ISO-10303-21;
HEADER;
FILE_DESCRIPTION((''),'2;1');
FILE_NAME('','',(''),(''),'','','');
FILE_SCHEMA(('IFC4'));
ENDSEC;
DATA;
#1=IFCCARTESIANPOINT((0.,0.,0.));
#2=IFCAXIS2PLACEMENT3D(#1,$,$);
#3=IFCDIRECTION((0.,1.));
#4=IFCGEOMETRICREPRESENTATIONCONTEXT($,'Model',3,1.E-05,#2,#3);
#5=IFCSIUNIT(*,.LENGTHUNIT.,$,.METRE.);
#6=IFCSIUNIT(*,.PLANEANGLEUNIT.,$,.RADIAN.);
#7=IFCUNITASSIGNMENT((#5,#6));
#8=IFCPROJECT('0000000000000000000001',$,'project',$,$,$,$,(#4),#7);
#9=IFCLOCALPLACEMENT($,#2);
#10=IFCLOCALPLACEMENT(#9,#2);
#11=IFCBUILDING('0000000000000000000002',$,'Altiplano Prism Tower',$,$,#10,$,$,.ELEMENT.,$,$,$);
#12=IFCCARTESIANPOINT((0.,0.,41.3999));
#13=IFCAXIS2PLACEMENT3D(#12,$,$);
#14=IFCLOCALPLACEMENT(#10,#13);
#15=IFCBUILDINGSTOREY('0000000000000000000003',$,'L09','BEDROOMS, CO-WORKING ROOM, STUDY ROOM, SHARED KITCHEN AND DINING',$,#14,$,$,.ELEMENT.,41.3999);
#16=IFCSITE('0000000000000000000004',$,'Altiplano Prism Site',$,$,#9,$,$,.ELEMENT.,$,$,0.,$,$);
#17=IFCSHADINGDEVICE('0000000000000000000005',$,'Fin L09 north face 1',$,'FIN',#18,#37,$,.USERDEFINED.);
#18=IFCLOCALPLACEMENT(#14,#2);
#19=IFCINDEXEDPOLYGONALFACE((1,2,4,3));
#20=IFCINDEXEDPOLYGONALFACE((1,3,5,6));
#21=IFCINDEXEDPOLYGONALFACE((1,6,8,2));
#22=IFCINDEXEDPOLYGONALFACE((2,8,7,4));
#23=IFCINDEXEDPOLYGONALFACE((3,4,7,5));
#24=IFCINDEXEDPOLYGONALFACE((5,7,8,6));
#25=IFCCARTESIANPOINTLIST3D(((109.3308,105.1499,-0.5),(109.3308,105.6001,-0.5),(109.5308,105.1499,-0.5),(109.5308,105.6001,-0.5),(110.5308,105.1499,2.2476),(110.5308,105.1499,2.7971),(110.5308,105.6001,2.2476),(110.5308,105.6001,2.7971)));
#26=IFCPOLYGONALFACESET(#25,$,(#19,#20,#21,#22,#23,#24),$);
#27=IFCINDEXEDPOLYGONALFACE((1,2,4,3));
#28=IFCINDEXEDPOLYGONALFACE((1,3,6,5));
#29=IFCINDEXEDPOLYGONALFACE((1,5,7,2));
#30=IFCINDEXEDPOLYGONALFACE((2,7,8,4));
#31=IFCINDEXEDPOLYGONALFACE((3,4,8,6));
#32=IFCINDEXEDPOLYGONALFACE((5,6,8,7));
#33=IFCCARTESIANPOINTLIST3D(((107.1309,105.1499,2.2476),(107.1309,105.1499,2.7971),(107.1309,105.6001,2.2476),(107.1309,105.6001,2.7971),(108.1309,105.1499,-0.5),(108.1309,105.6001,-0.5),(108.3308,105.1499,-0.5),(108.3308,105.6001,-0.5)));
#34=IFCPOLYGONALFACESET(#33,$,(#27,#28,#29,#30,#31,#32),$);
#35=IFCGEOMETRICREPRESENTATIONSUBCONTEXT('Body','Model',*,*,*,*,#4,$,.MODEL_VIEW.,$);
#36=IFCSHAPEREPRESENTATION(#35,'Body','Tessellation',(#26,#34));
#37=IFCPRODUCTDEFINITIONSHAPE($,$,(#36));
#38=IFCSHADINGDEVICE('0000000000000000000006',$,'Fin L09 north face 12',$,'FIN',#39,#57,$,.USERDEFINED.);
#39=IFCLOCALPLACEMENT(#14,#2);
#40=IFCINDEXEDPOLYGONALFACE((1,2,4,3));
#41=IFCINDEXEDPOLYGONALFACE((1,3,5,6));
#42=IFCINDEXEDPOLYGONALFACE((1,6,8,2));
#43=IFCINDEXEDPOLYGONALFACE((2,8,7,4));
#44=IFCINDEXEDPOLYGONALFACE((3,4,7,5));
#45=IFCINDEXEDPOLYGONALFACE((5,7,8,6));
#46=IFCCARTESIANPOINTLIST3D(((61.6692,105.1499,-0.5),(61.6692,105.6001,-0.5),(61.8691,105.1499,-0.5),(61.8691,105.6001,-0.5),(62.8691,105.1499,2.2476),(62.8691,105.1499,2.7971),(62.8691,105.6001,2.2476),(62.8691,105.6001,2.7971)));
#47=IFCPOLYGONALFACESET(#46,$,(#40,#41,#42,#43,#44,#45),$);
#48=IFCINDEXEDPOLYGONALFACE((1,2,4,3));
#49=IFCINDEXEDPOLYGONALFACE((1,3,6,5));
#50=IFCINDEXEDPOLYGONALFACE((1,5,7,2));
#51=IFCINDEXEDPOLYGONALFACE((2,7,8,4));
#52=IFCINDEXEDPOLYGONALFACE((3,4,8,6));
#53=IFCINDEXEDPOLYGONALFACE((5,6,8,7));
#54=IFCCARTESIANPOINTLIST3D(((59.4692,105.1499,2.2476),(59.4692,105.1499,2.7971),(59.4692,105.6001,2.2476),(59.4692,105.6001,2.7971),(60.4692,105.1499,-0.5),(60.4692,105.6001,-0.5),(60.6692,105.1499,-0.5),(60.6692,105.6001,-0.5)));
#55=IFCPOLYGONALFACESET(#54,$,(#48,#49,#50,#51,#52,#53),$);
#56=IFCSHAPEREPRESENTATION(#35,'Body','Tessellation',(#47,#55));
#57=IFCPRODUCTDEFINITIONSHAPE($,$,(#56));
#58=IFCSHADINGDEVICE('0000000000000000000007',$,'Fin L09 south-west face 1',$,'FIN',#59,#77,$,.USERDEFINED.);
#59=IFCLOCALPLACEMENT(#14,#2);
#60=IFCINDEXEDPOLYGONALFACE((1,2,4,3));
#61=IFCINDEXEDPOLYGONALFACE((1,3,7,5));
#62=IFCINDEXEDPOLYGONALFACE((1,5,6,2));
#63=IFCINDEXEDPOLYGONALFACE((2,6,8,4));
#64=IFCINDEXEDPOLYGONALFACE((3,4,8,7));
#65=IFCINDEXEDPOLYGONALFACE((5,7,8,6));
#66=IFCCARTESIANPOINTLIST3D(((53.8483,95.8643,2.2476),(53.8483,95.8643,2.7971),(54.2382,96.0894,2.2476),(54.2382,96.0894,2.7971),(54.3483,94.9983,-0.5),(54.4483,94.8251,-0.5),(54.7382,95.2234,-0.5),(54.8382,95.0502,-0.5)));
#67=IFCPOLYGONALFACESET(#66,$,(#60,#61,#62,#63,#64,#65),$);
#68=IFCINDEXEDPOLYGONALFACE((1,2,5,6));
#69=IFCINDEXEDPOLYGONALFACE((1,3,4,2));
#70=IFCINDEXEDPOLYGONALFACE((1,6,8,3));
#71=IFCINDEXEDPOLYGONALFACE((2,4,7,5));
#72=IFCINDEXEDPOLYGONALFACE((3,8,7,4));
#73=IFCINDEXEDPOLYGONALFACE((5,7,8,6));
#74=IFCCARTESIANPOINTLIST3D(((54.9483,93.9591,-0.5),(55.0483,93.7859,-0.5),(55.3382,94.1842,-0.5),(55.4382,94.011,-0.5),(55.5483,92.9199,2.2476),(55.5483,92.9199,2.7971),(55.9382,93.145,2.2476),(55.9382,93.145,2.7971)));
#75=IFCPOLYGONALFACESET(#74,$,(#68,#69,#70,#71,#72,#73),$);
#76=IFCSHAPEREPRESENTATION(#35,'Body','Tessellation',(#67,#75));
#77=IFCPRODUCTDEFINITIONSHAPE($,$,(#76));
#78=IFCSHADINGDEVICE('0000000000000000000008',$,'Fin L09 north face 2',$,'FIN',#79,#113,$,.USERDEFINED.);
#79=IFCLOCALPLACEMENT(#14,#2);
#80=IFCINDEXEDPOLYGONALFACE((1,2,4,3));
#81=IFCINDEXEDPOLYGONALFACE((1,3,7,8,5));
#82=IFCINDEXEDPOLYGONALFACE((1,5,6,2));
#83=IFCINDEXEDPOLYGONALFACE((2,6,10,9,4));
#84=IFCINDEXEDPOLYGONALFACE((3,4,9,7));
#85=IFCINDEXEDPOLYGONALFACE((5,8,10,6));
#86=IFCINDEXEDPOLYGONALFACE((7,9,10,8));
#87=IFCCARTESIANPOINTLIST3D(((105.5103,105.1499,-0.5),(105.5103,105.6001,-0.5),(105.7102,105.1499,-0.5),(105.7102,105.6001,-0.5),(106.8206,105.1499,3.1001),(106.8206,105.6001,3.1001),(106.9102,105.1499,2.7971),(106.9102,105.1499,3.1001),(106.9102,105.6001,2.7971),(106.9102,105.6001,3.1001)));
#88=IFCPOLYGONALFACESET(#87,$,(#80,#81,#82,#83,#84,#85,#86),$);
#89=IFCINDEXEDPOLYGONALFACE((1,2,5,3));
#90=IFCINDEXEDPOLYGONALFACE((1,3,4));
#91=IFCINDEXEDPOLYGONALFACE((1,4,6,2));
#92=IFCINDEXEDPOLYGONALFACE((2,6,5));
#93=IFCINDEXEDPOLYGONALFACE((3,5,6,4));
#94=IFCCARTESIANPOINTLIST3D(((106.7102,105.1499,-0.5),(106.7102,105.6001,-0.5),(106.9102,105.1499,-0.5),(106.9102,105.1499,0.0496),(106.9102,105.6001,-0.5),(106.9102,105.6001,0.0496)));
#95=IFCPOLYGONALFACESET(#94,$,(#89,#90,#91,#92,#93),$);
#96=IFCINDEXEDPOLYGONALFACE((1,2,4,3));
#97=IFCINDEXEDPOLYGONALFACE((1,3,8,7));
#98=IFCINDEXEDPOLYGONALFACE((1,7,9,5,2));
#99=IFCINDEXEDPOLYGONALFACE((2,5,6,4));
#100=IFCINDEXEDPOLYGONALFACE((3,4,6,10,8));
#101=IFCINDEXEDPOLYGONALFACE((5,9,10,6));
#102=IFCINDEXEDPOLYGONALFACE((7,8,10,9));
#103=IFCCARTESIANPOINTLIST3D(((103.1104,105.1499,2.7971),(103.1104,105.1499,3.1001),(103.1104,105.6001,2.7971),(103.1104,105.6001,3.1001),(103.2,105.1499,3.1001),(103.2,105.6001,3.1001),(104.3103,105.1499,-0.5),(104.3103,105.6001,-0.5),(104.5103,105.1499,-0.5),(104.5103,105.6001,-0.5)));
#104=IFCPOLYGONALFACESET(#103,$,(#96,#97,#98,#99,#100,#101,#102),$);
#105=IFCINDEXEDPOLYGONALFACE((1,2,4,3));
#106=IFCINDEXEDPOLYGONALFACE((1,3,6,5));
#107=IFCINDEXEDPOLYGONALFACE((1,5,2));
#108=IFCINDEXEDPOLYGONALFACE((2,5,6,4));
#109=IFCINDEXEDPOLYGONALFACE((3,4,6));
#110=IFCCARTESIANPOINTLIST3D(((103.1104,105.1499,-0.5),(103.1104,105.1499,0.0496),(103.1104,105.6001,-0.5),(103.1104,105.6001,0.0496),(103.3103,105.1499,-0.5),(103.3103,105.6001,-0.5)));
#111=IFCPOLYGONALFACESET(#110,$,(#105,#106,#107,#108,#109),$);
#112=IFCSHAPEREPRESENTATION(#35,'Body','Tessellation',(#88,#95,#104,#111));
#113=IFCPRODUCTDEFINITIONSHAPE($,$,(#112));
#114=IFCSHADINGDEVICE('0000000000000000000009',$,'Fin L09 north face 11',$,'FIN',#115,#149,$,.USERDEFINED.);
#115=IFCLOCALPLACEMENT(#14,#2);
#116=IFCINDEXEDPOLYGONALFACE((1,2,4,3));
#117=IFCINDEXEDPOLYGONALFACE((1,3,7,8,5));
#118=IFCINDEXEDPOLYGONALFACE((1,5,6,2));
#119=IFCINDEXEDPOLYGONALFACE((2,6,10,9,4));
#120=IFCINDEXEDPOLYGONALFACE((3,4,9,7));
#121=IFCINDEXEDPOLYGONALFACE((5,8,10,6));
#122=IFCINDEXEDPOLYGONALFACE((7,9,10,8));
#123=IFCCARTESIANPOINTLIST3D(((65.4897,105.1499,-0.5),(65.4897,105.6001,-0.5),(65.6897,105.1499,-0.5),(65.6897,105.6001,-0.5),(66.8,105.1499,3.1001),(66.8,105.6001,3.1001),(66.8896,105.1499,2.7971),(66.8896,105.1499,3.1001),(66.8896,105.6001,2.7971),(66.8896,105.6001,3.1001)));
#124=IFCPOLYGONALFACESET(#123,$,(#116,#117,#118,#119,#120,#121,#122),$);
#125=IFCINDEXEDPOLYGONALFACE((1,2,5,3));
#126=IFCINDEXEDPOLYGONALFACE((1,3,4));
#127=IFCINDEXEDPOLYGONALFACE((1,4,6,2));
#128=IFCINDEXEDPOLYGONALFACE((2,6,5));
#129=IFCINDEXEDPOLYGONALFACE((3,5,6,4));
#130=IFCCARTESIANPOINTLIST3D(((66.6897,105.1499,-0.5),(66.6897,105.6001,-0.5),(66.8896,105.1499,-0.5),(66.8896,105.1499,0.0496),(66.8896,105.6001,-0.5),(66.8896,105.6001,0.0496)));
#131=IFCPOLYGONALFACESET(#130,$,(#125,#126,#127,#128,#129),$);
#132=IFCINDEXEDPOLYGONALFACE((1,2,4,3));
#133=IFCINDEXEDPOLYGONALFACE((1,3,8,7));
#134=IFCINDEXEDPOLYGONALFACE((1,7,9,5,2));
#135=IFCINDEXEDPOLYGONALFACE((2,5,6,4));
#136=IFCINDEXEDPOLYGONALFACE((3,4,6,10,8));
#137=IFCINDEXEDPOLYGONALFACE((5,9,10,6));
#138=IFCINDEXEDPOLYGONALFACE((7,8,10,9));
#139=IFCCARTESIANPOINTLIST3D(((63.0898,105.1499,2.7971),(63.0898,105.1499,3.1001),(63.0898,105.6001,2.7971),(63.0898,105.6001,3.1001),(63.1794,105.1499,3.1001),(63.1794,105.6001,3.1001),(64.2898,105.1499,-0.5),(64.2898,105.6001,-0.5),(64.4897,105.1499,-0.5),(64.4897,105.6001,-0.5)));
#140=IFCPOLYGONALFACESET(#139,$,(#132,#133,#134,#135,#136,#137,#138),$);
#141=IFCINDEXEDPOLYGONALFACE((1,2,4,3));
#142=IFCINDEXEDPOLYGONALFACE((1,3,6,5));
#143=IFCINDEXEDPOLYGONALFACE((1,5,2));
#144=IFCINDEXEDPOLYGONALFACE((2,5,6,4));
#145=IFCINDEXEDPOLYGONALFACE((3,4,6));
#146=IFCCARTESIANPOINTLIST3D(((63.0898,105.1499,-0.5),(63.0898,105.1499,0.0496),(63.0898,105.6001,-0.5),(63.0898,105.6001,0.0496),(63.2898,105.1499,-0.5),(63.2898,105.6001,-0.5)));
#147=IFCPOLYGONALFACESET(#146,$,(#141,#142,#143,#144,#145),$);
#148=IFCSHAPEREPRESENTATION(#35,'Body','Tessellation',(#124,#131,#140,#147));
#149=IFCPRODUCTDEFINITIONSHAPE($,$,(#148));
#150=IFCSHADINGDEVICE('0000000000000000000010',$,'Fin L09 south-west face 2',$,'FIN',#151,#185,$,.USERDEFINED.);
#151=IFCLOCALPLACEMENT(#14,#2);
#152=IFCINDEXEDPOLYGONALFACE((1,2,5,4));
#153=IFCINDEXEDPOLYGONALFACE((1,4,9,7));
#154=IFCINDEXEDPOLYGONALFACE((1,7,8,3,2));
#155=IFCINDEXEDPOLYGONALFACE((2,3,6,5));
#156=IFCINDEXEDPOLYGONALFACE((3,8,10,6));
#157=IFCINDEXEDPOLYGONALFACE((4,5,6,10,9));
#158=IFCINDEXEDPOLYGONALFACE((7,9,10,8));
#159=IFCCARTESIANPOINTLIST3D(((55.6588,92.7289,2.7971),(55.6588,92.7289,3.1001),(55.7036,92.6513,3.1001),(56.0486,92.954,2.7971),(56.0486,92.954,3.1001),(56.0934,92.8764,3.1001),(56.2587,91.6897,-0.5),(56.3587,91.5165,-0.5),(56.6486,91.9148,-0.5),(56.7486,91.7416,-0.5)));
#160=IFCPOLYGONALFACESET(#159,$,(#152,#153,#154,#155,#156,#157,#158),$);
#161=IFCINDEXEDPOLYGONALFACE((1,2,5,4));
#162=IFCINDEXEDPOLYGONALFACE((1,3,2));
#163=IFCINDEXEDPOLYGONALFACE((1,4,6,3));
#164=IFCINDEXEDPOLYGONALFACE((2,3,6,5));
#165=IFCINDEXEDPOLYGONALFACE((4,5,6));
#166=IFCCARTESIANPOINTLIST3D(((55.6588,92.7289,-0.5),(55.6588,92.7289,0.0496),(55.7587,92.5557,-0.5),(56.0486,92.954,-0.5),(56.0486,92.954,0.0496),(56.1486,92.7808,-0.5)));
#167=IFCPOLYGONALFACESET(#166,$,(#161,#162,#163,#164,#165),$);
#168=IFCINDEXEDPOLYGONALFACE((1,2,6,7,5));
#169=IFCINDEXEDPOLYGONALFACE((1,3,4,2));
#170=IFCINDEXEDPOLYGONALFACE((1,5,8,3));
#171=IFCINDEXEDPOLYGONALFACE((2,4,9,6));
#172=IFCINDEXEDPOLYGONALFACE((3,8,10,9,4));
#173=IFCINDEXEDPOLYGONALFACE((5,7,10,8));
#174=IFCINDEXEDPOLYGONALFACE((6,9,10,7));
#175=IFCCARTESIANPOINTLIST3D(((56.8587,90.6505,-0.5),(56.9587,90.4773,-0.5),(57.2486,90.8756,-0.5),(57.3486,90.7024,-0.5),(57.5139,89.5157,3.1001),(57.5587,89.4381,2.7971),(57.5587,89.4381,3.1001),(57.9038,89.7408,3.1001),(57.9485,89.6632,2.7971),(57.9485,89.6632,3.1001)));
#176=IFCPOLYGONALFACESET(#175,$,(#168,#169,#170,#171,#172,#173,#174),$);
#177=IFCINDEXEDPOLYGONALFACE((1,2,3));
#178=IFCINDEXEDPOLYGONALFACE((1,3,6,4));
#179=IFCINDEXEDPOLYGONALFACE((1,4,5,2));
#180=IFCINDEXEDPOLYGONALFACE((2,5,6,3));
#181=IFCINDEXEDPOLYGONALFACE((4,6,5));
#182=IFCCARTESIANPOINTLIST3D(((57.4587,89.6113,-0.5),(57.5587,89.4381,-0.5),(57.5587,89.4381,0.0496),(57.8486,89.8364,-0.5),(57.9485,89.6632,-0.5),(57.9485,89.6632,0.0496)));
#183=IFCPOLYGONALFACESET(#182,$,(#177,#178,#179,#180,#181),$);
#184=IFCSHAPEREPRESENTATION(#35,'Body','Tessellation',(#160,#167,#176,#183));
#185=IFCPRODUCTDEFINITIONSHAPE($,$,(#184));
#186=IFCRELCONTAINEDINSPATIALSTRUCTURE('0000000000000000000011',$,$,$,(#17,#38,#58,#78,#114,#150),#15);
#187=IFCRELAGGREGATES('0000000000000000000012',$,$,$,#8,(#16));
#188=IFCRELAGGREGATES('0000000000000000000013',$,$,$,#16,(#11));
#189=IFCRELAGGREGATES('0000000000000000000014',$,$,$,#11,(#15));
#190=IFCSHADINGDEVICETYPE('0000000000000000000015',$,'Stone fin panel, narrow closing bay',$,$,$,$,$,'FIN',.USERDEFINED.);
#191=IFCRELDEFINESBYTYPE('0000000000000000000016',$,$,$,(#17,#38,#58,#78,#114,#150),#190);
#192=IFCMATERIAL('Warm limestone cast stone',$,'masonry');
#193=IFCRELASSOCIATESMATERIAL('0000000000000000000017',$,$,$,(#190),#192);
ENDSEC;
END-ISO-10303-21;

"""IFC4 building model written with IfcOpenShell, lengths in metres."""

from ifc_helpers import new_model, si_unit, direction, frame, origin, place, context, subcontext, project, spatial, polyline, outline, extrude, source, transform, mapped, material, type_object, element, save


model = new_model("IFC4")

# Units and contexts
model_context = context("Model", 3, precision=1e-05, world=origin(), true_north=direction((0.0, 1.0)))
body_context = subcontext(model_context, "Body", "Model", "MODEL_VIEW")
ifc_project = project(units=[si_unit("LENGTHUNIT", "METRE"), si_unit("PLANEANGLEUNIT", "RADIAN")], contexts=[model_context])

# Site, building, storey
site_placement = place(None, origin())
site = spatial("IfcSite", under=ifc_project, at=site_placement, Name="Altiplano Prism Site", CompositionType="ELEMENT", RefElevation=0.0)
building_placement = place(site_placement, origin())
building = spatial("IfcBuilding", under=site, at=building_placement, Name="Altiplano Prism Tower", CompositionType="ELEMENT")
storey_placement = place(building_placement, frame((0.0, 0.0, 41.3999)))
storey = spatial("IfcBuildingStorey", under=building, at=storey_placement, Name="L09", Description="BEDROOMS, CO-WORKING ROOM, STUDY ROOM, SHARED KITCHEN AND DINING", CompositionType="ELEMENT", Elevation=41.3999)

# Shading devices
ifc_material_1 = material(Name="Warm limestone cast stone", Category="masonry")
shading_device_type_1 = type_object("IfcShadingDeviceType", Name="Stone fin panel, narrow closing bay", ElementType="FIN", PredefinedType="USERDEFINED", material=ifc_material_1)
shared_shape_1 = source(origin(), body_context, "Body", "SweptSolid", [
    extrude(outline(polyline([(-1.7, 3.2971), (-1.7, 2.7476), (-0.7, 0.0), (-0.5, 0.0), (-1.7, 3.2971)])), frame((0.0, -0.1499, 0.0), z_axis=(0.0, -1.0, 0.0), x_axis=(1.0, 0.0, 0.0)), (0.0, 0.0, 1.0), 0.4502),
    extrude(outline(polyline([(1.7, 2.7476), (1.7, 3.2971), (0.5, 0.0), (0.7, 0.0), (1.7, 2.7476)])), frame((0.0, -0.1499, 0.0), z_axis=(0.0, -1.0, 0.0), x_axis=(1.0, 0.0, 0.0)), (0.0, 0.0, 1.0), 0.4502),
])
shading_device_1_placement = place(storey_placement, origin())
element("IfcShadingDevice", 1, at=shading_device_1_placement, inside=storey, type_object=shading_device_type_1, Name="Fin L09 north face 1", ObjectType="FIN", PredefinedType="USERDEFINED", context=body_context, shape_type="MappedRepresentation", body=[
    mapped(shared_shape_1, transform((108.8308, 105.0, -0.5), x_axis=(-1.0, 0.0, 0.0), y_axis=(0.0, -1.0, 0.0), z_axis=(0.0, 0.0, 1.0))),
])
shading_device_2_placement = place(storey_placement, origin())
element("IfcShadingDevice", 2, at=shading_device_2_placement, inside=storey, type_object=shading_device_type_1, Name="Fin L09 north face 12", ObjectType="FIN", PredefinedType="USERDEFINED", context=body_context, shape_type="MappedRepresentation", body=[
    mapped(shared_shape_1, transform((61.1692, 105.0, -0.5), x_axis=(-1.0, 0.0, 0.0), y_axis=(0.0, -1.0, 0.0), z_axis=(0.0, 0.0, 1.0))),
])
shading_device_3_placement = place(storey_placement, origin())
element("IfcShadingDevice", 3, at=shading_device_3_placement, inside=storey, type_object=shading_device_type_1, Name="Fin L09 south-west face 1", ObjectType="FIN", PredefinedType="USERDEFINED", context=body_context, shape_type="MappedRepresentation", body=[
    mapped(shared_shape_1, transform((55.218, 94.6921, -0.5), x_axis=(0.5, -0.866025, 0.0), y_axis=(0.866025, 0.5, 0.0), z_axis=(0.0, 0.0, 1.0))),
])
shared_shape_2 = source(origin(), body_context, "Body", "SweptSolid", [
    extrude(outline(polyline([(-1.8999, 3.6001), (-1.8999, 3.2971), (-0.7, 0.0), (-0.5, 0.0), (-1.8103, 3.6001), (-1.8999, 3.6001)])), frame((0.0, -0.1499, 0.0), z_axis=(0.0, -1.0, 0.0), x_axis=(1.0, 0.0, 0.0)), (0.0, 0.0, 1.0), 0.4502),
    extrude(outline(polyline([(-1.8999, 0.5496), (-1.8999, 0.0), (-1.7, 0.0), (-1.8999, 0.5496)])), frame((0.0, -0.1499, 0.0), z_axis=(0.0, -1.0, 0.0), x_axis=(1.0, 0.0, 0.0)), (0.0, 0.0, 1.0), 0.4502),
    extrude(outline(polyline([(1.8103, 3.6001), (0.5, 0.0), (0.7, 0.0), (1.8999, 3.2971), (1.8999, 3.6001), (1.8103, 3.6001)])), frame((0.0, -0.1499, 0.0), z_axis=(0.0, -1.0, 0.0), x_axis=(1.0, 0.0, 0.0)), (0.0, 0.0, 1.0), 0.4502),
    extrude(outline(polyline([(1.8999, 0.0), (1.8999, 0.5496), (1.7, 0.0), (1.8999, 0.0)])), frame((0.0, -0.1499, 0.0), z_axis=(0.0, -1.0, 0.0), x_axis=(1.0, 0.0, 0.0)), (0.0, 0.0, 1.0), 0.4502),
])
shading_device_4_placement = place(storey_placement, origin())
element("IfcShadingDevice", 4, at=shading_device_4_placement, inside=storey, type_object=shading_device_type_1, Name="Fin L09 north face 2", ObjectType="FIN", PredefinedType="USERDEFINED", context=body_context, shape_type="MappedRepresentation", body=[
    mapped(shared_shape_2, transform((105.0103, 105.0, -0.5), x_axis=(-1.0, 0.0, 0.0), y_axis=(0.0, -1.0, 0.0), z_axis=(0.0, 0.0, 1.0))),
])
shading_device_5_placement = place(storey_placement, origin())
element("IfcShadingDevice", 5, at=shading_device_5_placement, inside=storey, type_object=shading_device_type_1, Name="Fin L09 north face 11", ObjectType="FIN", PredefinedType="USERDEFINED", context=body_context, shape_type="MappedRepresentation", body=[
    mapped(shared_shape_2, transform((64.9897, 105.0, -0.5), x_axis=(-1.0, 0.0, 0.0), y_axis=(0.0, -1.0, 0.0), z_axis=(0.0, 0.0, 1.0))),
])
shading_device_6_placement = place(storey_placement, origin())
element("IfcShadingDevice", 6, at=shading_device_6_placement, inside=storey, type_object=shading_device_type_1, Name="Fin L09 south-west face 2", ObjectType="FIN", PredefinedType="USERDEFINED", context=body_context, shape_type="MappedRepresentation", body=[
    mapped(shared_shape_2, transform((57.1284, 91.3835, -0.5), x_axis=(0.5, -0.866025, 0.0), y_axis=(0.866025, 0.5, 0.0), z_axis=(0.0, 0.0, 1.0))),
])

save(model, "model.ifc")
